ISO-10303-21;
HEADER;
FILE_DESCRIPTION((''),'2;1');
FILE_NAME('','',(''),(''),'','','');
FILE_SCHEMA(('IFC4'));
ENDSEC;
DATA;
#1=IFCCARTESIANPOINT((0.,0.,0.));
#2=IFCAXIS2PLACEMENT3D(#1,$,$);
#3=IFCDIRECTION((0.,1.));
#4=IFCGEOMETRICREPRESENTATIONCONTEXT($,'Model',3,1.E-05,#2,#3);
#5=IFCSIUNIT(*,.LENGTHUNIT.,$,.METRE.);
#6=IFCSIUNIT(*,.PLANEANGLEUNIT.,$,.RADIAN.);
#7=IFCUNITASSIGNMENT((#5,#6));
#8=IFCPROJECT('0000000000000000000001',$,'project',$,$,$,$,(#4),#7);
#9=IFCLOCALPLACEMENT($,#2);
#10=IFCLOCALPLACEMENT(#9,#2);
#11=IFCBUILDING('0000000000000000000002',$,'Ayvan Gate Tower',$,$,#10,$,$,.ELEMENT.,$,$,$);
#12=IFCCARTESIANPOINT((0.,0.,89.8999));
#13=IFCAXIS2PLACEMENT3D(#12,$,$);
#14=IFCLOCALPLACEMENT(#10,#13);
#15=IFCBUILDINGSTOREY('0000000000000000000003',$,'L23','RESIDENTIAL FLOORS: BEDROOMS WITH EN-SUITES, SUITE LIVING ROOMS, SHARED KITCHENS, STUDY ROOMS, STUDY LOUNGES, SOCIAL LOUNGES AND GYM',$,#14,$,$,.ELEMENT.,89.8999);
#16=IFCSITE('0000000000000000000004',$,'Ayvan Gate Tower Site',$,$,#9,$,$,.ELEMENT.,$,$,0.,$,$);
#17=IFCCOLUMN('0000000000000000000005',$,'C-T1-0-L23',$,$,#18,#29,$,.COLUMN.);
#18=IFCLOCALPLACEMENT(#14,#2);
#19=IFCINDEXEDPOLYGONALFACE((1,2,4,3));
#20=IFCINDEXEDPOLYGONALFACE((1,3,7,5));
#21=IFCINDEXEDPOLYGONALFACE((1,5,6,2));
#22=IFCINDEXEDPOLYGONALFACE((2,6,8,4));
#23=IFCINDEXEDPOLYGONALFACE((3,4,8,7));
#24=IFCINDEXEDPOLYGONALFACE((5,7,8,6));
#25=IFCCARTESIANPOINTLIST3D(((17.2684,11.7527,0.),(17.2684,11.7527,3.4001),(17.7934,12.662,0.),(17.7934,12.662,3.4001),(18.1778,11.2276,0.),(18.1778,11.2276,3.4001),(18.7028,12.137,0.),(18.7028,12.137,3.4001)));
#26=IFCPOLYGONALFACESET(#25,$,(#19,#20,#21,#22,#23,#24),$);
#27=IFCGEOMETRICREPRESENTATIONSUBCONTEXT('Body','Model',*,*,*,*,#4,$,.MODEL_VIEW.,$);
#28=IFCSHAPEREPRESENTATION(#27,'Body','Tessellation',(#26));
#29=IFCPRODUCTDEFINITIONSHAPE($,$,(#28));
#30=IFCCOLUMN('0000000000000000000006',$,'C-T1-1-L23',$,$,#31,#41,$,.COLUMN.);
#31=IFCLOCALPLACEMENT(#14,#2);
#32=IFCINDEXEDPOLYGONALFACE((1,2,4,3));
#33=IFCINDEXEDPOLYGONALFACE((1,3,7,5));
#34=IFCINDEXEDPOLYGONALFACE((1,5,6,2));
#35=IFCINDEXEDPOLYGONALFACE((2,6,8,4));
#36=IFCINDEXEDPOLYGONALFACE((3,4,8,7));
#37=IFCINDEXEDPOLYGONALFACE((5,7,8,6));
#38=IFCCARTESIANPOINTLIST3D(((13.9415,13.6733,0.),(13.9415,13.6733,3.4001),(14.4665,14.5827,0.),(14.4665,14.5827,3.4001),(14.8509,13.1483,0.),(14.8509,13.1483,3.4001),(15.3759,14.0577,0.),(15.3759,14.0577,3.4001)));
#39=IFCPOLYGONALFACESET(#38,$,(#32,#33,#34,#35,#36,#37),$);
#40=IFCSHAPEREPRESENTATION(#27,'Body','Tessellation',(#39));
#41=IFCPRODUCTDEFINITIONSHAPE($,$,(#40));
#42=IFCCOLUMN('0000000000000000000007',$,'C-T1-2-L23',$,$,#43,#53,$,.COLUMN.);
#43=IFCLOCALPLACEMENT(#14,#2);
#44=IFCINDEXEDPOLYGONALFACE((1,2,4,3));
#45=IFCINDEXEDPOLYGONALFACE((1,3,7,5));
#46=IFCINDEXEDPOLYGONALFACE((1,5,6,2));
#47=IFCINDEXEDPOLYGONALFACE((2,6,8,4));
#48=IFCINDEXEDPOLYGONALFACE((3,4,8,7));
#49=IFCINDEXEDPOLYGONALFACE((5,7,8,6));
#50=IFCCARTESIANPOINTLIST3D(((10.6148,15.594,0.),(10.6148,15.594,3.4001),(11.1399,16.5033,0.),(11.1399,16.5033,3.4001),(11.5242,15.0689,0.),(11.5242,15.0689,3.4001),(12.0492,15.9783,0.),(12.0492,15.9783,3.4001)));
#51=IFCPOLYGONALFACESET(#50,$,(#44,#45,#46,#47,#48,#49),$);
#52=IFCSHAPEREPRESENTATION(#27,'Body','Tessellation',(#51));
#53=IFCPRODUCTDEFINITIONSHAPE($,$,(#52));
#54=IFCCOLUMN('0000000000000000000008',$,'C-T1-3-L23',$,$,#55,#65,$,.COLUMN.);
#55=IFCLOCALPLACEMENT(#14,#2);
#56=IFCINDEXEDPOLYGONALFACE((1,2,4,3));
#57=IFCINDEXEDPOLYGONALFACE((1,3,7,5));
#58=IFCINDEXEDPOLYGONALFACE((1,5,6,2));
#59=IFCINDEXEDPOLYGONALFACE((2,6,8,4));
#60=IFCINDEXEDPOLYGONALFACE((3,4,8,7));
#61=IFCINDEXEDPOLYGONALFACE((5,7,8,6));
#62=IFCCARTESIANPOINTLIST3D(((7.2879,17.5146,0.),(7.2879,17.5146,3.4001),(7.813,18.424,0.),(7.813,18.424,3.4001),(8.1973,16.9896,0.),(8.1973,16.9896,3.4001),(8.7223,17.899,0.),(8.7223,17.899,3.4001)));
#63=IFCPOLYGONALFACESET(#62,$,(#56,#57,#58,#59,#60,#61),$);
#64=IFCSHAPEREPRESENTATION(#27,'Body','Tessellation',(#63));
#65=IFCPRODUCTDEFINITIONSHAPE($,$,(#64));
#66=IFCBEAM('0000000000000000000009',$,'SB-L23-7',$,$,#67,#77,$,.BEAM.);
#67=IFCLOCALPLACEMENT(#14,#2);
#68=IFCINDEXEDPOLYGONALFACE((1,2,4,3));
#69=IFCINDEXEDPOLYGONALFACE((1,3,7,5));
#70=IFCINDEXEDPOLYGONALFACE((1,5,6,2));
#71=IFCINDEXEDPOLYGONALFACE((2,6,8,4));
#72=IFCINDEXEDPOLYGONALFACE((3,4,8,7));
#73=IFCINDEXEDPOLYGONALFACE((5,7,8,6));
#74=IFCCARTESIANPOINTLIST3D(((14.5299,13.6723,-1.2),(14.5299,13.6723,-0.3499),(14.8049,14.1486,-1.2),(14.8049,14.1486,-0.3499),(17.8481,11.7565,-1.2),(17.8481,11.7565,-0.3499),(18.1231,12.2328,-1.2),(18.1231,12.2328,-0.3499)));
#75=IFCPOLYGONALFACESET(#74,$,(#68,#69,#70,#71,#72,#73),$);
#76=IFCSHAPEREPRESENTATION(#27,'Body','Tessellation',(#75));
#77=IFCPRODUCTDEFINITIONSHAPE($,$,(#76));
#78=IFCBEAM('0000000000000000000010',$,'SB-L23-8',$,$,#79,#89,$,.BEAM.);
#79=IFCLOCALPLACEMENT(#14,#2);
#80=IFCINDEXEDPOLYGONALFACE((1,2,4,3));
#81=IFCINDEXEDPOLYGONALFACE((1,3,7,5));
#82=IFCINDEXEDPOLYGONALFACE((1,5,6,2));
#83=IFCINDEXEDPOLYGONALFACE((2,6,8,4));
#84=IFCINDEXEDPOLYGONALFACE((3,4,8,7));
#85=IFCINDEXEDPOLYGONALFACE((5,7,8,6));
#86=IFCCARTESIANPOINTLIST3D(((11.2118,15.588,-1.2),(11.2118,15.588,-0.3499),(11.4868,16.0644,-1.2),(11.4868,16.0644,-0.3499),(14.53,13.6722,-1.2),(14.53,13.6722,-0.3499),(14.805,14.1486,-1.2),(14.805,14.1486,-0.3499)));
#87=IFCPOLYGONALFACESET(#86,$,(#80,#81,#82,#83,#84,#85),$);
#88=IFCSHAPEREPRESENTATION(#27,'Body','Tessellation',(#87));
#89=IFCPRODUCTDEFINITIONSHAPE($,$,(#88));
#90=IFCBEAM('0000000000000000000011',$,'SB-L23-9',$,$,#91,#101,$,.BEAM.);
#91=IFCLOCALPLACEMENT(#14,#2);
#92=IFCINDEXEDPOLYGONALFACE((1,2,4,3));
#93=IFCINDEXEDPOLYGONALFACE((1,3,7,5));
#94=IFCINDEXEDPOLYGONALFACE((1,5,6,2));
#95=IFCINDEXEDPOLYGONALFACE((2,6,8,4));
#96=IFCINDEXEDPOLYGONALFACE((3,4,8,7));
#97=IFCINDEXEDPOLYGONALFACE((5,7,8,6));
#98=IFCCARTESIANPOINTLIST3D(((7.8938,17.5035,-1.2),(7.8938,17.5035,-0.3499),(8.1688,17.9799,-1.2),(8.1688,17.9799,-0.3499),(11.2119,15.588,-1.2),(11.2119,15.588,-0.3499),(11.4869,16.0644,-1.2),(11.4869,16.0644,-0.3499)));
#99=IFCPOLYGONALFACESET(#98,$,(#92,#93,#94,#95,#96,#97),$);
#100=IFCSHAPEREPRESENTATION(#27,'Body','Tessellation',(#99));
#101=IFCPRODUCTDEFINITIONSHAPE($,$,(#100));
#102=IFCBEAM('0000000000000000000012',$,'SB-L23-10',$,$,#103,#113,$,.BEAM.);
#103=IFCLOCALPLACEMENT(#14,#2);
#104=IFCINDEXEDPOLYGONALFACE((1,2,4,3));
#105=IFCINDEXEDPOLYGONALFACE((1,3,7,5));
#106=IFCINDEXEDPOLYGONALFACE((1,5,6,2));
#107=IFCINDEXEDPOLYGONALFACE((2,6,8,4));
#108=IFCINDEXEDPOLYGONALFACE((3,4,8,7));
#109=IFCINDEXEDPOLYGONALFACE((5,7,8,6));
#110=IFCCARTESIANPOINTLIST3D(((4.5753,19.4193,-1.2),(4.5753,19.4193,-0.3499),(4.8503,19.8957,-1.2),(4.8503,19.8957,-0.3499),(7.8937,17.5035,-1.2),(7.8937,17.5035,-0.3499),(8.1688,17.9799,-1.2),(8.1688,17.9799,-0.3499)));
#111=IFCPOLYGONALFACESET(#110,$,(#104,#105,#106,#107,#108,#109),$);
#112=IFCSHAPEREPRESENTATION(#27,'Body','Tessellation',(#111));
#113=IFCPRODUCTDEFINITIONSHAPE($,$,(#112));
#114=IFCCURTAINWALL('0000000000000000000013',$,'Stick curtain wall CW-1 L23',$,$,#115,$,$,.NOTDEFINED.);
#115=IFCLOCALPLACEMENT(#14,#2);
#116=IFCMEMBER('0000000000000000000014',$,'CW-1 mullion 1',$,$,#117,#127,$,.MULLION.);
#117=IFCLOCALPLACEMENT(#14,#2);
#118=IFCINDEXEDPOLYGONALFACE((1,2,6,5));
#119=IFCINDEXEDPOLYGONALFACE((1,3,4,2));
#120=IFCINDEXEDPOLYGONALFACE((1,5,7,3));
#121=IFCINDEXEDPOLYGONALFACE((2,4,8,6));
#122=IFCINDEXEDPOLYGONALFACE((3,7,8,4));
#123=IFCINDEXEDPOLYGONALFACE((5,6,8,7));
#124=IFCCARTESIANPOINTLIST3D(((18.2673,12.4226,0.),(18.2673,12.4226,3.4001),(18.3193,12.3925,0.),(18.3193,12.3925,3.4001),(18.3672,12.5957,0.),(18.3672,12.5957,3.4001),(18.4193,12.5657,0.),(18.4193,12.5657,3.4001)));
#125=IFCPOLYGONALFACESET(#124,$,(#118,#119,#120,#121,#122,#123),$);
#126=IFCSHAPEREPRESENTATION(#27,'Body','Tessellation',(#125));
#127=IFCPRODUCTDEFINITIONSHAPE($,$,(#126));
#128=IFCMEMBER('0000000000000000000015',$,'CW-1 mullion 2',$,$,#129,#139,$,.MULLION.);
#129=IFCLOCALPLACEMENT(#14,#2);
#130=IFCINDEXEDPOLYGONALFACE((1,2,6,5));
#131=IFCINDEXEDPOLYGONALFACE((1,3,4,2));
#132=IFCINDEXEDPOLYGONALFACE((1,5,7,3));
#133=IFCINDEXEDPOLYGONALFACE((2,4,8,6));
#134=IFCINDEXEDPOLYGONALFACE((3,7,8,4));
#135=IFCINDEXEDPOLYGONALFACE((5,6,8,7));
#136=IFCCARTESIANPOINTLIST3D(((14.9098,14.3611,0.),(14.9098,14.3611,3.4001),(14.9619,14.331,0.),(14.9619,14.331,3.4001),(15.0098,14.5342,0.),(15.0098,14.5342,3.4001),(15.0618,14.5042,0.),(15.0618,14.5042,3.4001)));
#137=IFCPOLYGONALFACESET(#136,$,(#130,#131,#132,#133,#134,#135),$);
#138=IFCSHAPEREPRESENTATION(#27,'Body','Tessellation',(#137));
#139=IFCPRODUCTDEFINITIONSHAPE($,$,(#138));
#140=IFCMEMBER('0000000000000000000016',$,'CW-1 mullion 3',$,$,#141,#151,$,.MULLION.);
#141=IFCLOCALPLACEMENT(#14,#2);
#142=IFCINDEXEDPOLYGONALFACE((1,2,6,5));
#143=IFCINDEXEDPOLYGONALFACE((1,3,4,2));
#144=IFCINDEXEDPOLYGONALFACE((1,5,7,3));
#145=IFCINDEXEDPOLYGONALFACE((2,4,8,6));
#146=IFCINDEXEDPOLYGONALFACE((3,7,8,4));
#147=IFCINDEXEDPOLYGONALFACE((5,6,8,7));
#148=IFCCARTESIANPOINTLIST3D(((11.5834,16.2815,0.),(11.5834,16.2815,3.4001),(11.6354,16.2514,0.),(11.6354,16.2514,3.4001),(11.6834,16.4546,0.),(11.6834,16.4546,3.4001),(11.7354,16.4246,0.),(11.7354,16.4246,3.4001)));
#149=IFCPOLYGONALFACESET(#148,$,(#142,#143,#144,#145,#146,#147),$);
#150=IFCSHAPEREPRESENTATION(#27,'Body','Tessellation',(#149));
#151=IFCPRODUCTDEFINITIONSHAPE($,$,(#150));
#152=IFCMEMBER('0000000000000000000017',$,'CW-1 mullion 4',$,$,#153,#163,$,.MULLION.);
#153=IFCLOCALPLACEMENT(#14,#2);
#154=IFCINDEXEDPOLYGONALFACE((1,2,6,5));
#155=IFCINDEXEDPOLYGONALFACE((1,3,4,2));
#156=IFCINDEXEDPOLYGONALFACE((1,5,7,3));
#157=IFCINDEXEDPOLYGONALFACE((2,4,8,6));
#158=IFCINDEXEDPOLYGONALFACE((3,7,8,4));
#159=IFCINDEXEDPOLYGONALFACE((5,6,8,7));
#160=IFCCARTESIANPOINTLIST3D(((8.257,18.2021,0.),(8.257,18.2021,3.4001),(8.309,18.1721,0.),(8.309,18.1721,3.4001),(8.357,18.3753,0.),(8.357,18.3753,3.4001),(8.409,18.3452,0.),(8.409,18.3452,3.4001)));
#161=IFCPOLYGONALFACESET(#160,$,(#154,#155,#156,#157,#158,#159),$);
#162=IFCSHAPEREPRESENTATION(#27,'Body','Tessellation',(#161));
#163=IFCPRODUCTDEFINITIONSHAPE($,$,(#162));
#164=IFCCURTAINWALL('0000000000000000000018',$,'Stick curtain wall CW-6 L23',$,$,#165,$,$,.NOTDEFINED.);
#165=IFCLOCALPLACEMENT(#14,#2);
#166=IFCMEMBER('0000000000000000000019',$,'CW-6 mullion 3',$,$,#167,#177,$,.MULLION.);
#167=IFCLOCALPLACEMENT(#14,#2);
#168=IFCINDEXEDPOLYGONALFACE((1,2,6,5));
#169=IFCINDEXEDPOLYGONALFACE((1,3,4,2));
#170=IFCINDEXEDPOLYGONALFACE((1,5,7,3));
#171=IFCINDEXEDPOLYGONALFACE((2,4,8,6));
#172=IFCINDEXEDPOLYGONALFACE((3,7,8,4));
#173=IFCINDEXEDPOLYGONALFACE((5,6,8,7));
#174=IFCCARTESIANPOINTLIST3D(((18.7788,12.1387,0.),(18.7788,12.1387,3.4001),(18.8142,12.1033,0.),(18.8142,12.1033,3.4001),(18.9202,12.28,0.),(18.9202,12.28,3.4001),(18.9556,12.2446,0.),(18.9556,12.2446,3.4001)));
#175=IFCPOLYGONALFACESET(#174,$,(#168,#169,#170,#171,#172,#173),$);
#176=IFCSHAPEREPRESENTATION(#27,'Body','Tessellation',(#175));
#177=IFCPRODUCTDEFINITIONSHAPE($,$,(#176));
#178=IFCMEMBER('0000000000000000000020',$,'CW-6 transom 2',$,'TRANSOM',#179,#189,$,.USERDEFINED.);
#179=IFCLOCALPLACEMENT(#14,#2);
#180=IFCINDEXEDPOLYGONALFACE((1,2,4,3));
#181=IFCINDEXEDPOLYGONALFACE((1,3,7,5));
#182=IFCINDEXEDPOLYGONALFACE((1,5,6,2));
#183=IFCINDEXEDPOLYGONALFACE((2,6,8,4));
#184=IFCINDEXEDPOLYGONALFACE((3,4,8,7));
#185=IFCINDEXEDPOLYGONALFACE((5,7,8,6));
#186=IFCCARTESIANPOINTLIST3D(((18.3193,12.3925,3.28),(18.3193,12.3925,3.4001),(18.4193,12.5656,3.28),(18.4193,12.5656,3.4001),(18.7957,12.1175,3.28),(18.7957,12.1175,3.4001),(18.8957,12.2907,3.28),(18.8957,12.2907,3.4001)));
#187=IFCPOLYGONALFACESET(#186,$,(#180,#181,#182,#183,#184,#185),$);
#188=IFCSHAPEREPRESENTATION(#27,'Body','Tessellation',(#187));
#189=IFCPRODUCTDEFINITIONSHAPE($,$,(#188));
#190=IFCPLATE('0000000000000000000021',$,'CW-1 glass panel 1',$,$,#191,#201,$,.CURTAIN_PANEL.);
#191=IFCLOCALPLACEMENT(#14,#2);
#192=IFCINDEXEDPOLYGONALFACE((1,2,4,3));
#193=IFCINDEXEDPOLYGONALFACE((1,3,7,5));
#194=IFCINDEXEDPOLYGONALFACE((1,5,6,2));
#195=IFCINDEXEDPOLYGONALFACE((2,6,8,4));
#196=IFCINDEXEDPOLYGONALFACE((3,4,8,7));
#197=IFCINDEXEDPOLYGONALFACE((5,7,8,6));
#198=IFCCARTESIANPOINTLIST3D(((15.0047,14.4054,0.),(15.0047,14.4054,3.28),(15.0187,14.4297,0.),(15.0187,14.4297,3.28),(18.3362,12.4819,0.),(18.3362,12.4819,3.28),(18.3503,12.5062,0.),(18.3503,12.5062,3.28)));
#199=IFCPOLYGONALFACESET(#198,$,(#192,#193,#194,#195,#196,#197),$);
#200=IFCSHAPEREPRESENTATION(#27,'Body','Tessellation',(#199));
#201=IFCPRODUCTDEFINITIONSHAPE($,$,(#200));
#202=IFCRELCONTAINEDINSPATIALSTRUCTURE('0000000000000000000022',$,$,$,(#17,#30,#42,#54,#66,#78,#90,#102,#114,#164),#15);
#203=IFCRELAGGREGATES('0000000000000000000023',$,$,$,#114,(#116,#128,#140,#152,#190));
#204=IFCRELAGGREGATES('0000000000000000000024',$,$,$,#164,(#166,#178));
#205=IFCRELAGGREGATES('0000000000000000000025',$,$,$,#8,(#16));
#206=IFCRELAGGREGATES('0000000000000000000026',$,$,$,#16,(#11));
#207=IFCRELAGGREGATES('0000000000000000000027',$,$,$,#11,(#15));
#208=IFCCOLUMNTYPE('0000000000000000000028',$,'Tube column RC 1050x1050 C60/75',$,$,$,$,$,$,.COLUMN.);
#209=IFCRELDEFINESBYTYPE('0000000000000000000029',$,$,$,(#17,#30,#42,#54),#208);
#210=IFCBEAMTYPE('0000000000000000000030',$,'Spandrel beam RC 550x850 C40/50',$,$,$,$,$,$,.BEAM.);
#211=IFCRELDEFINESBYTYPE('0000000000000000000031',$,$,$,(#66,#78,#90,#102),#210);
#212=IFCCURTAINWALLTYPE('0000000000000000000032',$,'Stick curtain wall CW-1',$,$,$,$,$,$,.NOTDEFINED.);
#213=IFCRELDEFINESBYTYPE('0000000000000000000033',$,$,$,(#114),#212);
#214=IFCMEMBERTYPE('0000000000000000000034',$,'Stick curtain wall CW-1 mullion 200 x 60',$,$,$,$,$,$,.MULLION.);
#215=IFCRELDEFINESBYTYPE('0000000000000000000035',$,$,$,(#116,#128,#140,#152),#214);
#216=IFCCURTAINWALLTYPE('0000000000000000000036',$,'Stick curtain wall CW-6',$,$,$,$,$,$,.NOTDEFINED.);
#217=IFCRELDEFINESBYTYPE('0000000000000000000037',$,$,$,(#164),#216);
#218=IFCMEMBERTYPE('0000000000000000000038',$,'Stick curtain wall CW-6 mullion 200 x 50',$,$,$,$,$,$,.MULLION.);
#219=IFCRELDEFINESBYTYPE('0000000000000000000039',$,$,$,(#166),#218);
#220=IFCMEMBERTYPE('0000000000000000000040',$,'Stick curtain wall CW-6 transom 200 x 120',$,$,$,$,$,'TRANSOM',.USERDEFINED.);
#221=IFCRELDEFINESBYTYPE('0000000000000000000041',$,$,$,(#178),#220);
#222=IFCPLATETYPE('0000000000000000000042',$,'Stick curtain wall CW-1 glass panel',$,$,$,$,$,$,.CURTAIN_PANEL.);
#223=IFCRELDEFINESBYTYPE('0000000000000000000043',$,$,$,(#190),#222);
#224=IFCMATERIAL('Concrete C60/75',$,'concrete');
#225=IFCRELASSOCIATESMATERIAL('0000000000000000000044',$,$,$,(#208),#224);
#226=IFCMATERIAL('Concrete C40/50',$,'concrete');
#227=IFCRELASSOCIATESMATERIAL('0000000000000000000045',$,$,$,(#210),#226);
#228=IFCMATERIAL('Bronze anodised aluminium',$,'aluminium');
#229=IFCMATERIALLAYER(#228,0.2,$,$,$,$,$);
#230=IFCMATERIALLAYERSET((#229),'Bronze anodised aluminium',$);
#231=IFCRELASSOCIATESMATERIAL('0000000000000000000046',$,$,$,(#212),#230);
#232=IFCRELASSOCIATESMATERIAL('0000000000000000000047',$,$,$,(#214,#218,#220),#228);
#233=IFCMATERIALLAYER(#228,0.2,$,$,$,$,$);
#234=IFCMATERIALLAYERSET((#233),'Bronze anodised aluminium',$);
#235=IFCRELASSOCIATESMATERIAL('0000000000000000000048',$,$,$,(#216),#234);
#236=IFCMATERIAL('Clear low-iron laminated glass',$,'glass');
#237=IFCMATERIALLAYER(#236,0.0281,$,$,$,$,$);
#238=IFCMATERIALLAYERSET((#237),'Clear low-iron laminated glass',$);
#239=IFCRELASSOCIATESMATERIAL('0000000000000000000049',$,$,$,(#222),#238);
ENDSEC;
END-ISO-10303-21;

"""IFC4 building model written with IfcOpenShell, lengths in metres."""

from ifc_helpers import new_model, si_unit, direction, frame, origin, origin_2d, place, context, subcontext, project, spatial, rectangle, extrude, material, layer, layer_set, material_profile, profile_set, type_object, element, aggregate, save


model = new_model("IFC4")

# Units and contexts
model_context = context("Model", 3, precision=1e-05, world=origin(), true_north=direction((0.0, 1.0)))
body_context = subcontext(model_context, "Body", "Model", "MODEL_VIEW")
ifc_project = project(units=[si_unit("LENGTHUNIT", "METRE"), si_unit("PLANEANGLEUNIT", "RADIAN")], contexts=[model_context])

# Site, building, storey
site_placement = place(None, origin())
site = spatial("IfcSite", under=ifc_project, at=site_placement, Name="Ayvan Gate Tower Site", CompositionType="ELEMENT", RefElevation=0.0)
building_placement = place(site_placement, origin())
building = spatial("IfcBuilding", under=site, at=building_placement, Name="Ayvan Gate Tower", CompositionType="ELEMENT")
storey_placement = place(building_placement, frame((0.0, 0.0, 89.8999)))
storey = spatial("IfcBuildingStorey", under=building, at=storey_placement, Name="L23", Description="RESIDENTIAL FLOORS: BEDROOMS WITH EN-SUITES, SUITE LIVING ROOMS, SHARED KITCHENS, STUDY ROOMS, STUDY LOUNGES, SOCIAL LOUNGES AND GYM", CompositionType="ELEMENT", Elevation=89.8999)

# Columns
ifc_material_1 = material(Name="Concrete C60/75", Category="concrete")
ifc_material_profile_1 = material_profile(ifc_material_1, rectangle(XDim=1.05, YDim=1.05, at=origin_2d()), Name="RC 1050x1050")
ifc_profile_set_1 = profile_set([ifc_material_profile_1], Name="Concrete C60/75")
column_type = type_object("IfcColumnType", Name="Tube column RC 1050x1050 C60/75", PredefinedType="COLUMN", material=ifc_profile_set_1)
for number, where, z_axis, x_axis, name in (
    (1, (17.9856, 11.9448, 0.0), (0.0, 0.0, 1.0), (0.5, 0.866025, 0.0), "C-T1-0-L23"),
    (2, (14.6587, 13.8655, 0.0), (0.0, 0.0, 1.0), (0.5, 0.866025, 0.0), "C-T1-1-L23"),
    (3, (11.332, 15.7861, 0.0), (0.0, 0.0, 1.0), (0.5, 0.866025, 0.0), "C-T1-2-L23"),
    (4, (8.0051, 17.7068, 0.0), (0.0, 0.0, 1.0), (0.5, 0.866025, 0.0), "C-T1-3-L23"),
):
    element("IfcColumn", number, at=place(storey_placement, frame(where, z_axis=z_axis, x_axis=x_axis)), inside=storey, type_object=column_type, Name=name, PredefinedType="COLUMN", context=body_context, shape_type="SweptSolid", body=[
        extrude(rectangle(XDim=1.05, YDim=1.05, at=origin_2d()), origin(), (0.0, 0.0, 1.0), 3.4001),
    ])

# Beams
ifc_material_2 = material(Name="Concrete C40/50", Category="concrete")
ifc_material_profile_2 = material_profile(ifc_material_2, rectangle(XDim=0.55, YDim=0.8501, at=origin_2d()), Name="RC 550x850")
ifc_profile_set_2 = profile_set([ifc_material_profile_2], Name="Concrete C40/50")
beam_type = type_object("IfcBeamType", Name="Spandrel beam RC 550x850 C40/50", PredefinedType="BEAM", material=ifc_profile_set_2)
for number, where, z_axis, x_axis, name in (
    (5, (17.9856, 11.9946, -0.7749), (-0.866019, 0.500011, 0.0), (-0.500011, -0.866019, 0.0), "SB-L23-7"),
    (6, (14.6675, 13.9104, -0.7749), (-0.866019, 0.500011, 0.0), (-0.500011, -0.866019, 0.0), "SB-L23-8"),
):
    element("IfcBeam", number, at=place(storey_placement, frame(where, z_axis=z_axis, x_axis=x_axis)), inside=storey, type_object=beam_type, Name=name, PredefinedType="BEAM", context=body_context, shape_type="SweptSolid", body=[
        extrude(rectangle(XDim=0.55, YDim=0.8501, at=origin_2d()), origin(), (0.0, 0.0, 1.0), 3.8315),
    ])
beam_1_placement = place(storey_placement, frame((11.3494, 15.8262, -0.7749), z_axis=(-0.866047, 0.499963, 0.0), x_axis=(-0.499963, -0.866047, 0.0)))
element("IfcBeam", 7, at=beam_1_placement, inside=storey, type_object=beam_type, Name="SB-L23-9", PredefinedType="BEAM", context=body_context, shape_type="SweptSolid", body=[
    extrude(rectangle(XDim=0.55, YDim=0.8501, at=origin_2d()), origin(), (0.0, 0.0, 1.0), 3.8313),
])
beam_2_placement = place(storey_placement, frame((8.0312, 17.7417, -0.7749), z_axis=(-0.866035, 0.499984, 0.0), x_axis=(-0.499984, -0.866035, 0.0)))
element("IfcBeam", 8, at=beam_2_placement, inside=storey, type_object=beam_type, Name="SB-L23-10", PredefinedType="BEAM", context=body_context, shape_type="SweptSolid", body=[
    extrude(rectangle(XDim=0.55, YDim=0.8501, at=origin_2d()), origin(), (0.0, 0.0, 1.0), 3.8318),
])

# Curtain walls, members
ifc_material_3 = material(Name="Bronze anodised aluminium", Category="aluminium")
ifc_layer_1 = layer(ifc_material_3, 0.2)
ifc_layer_set_1 = layer_set([ifc_layer_1], Name="Bronze anodised aluminium")
curtain_wall_type_1 = type_object("IfcCurtainWallType", Name="Stick curtain wall CW-1", PredefinedType="NOTDEFINED", material=ifc_layer_set_1)
curtain_wall_1_placement = place(storey_placement, origin())
curtain_wall_1 = element("IfcCurtainWall", 9, at=curtain_wall_1_placement, inside=storey, type_object=curtain_wall_type_1, Name="Stick curtain wall CW-1 L23", PredefinedType="NOTDEFINED")
ifc_material_profile_3 = material_profile(ifc_material_3, rectangle(XDim=0.2, YDim=0.0601, at=origin_2d()), Name="Stick curtain wall CW-1 mullion 200 x 60")
ifc_profile_set_3 = profile_set([ifc_material_profile_3], Name="Bronze anodised aluminium")
member_type_1 = type_object("IfcMemberType", Name="Stick curtain wall CW-1 mullion 200 x 60", PredefinedType="MULLION", material=ifc_profile_set_3)
member_1_placement = place(storey_placement, frame((18.3433, 12.4941, 0.0), z_axis=(0.0, 0.0, 1.0), x_axis=(0.5, 0.866025, 0.0)))
member_1 = element("IfcMember", 10, at=member_1_placement, type_object=member_type_1, Name="CW-1 mullion 1", PredefinedType="MULLION", context=body_context, shape_type="SweptSolid", body=[
    extrude(rectangle(XDim=0.2, YDim=0.0601, at=origin_2d()), origin(), (0.0, 0.0, 1.0), 3.4001),
])
member_2_placement = place(storey_placement, frame((14.9858, 14.4326, 0.0), z_axis=(0.0, 0.0, 1.0), x_axis=(0.5, 0.866025, 0.0)))
member_2 = element("IfcMember", 11, at=member_2_placement, type_object=member_type_1, Name="CW-1 mullion 2", PredefinedType="MULLION", context=body_context, shape_type="SweptSolid", body=[
    extrude(rectangle(XDim=0.2, YDim=0.0601, at=origin_2d()), origin(), (0.0, 0.0, 1.0), 3.4001),
])
member_3_placement = place(storey_placement, frame((11.6594, 16.353, 0.0), z_axis=(0.0, 0.0, 1.0), x_axis=(0.5, 0.866025, 0.0)))
member_3 = element("IfcMember", 12, at=member_3_placement, type_object=member_type_1, Name="CW-1 mullion 3", PredefinedType="MULLION", context=body_context, shape_type="SweptSolid", body=[
    extrude(rectangle(XDim=0.2, YDim=0.0601, at=origin_2d()), origin(), (0.0, 0.0, 1.0), 3.4001),
])
member_4_placement = place(storey_placement, frame((8.333, 18.2737, 0.0), z_axis=(0.0, 0.0, 1.0), x_axis=(0.5, 0.866025, 0.0)))
member_4 = element("IfcMember", 13, at=member_4_placement, type_object=member_type_1, Name="CW-1 mullion 4", PredefinedType="MULLION", context=body_context, shape_type="SweptSolid", body=[
    extrude(rectangle(XDim=0.2, YDim=0.0601, at=origin_2d()), origin(), (0.0, 0.0, 1.0), 3.4001),
])
ifc_layer_2 = layer(ifc_material_3, 0.2)
ifc_layer_set_2 = layer_set([ifc_layer_2], Name="Bronze anodised aluminium")
curtain_wall_type_2 = type_object("IfcCurtainWallType", Name="Stick curtain wall CW-6", PredefinedType="NOTDEFINED", material=ifc_layer_set_2)
curtain_wall_2_placement = place(storey_placement, origin())
curtain_wall_2 = element("IfcCurtainWall", 14, at=curtain_wall_2_placement, inside=storey, type_object=curtain_wall_type_2, Name="Stick curtain wall CW-6 L23", PredefinedType="NOTDEFINED")
ifc_material_profile_4 = material_profile(ifc_material_3, rectangle(XDim=0.2, YDim=0.05, at=origin_2d()), Name="Stick curtain wall CW-6 mullion 200 x 50")
ifc_profile_set_4 = profile_set([ifc_material_profile_4], Name="Bronze anodised aluminium")
member_type_2 = type_object("IfcMemberType", Name="Stick curtain wall CW-6 mullion 200 x 50", PredefinedType="MULLION", material=ifc_profile_set_4)
member_5_placement = place(storey_placement, frame((18.8672, 12.1917, 0.0), z_axis=(0.0, 0.0, 1.0), x_axis=(0.707107, 0.707107, 0.0)))
member_5 = element("IfcMember", 15, at=member_5_placement, type_object=member_type_2, Name="CW-6 mullion 3", PredefinedType="MULLION", context=body_context, shape_type="SweptSolid", body=[
    extrude(rectangle(XDim=0.2, YDim=0.05, at=origin_2d()), origin(), (0.0, 0.0, 1.0), 3.4001),
])
ifc_material_profile_5 = material_profile(ifc_material_3, rectangle(XDim=0.2, YDim=0.1201, at=origin_2d()), Name="Stick curtain wall CW-6 transom 200 x 120")
ifc_profile_set_5 = profile_set([ifc_material_profile_5], Name="Bronze anodised aluminium")
member_type_3 = type_object("IfcMemberType", Name="Stick curtain wall CW-6 transom 200 x 120", ElementType="TRANSOM", PredefinedType="USERDEFINED", material=ifc_profile_set_5)
member_6_placement = place(storey_placement, frame((18.8457, 12.2041, 3.3401), z_axis=(-0.866104, 0.499863, 0.0), x_axis=(-0.499863, -0.866104, 0.0)))
member_6 = element("IfcMember", 16, at=member_6_placement, type_object=member_type_3, Name="CW-6 transom 2", ObjectType="TRANSOM", PredefinedType="USERDEFINED", context=body_context, shape_type="SweptSolid", body=[
    extrude(rectangle(XDim=0.2, YDim=0.1201, at=origin_2d()), origin(), (0.0, 0.0, 1.0), 0.55),
])

# Plate
ifc_material_4 = material(Name="Clear low-iron laminated glass", Category="glass")
ifc_layer_3 = layer(ifc_material_4, 0.0281)
ifc_layer_set_3 = layer_set([ifc_layer_3], Name="Clear low-iron laminated glass")
plate_type_1 = type_object("IfcPlateType", Name="Stick curtain wall CW-1 glass panel", PredefinedType="CURTAIN_PANEL", material=ifc_layer_set_3)
plate_1_placement = place(storey_placement, frame((16.6775, 13.4558, 0.0), z_axis=(0.0, 0.0, 1.0), x_axis=(-0.866025, 0.5, 0.0)))
plate_1 = element("IfcPlate", 17, at=plate_1_placement, type_object=plate_type_1, Name="CW-1 glass panel 1", PredefinedType="CURTAIN_PANEL", context=body_context, shape_type="SweptSolid", body=[
    extrude(rectangle(XDim=3.8469, YDim=0.0281, at=origin_2d()), origin(), (0.0, 0.0, 1.0), 3.28),
])
aggregate(curtain_wall_1, [member_1, member_2, member_3, member_4, plate_1])
aggregate(curtain_wall_2, [member_5, member_6])

save(model, "model.ifc")
